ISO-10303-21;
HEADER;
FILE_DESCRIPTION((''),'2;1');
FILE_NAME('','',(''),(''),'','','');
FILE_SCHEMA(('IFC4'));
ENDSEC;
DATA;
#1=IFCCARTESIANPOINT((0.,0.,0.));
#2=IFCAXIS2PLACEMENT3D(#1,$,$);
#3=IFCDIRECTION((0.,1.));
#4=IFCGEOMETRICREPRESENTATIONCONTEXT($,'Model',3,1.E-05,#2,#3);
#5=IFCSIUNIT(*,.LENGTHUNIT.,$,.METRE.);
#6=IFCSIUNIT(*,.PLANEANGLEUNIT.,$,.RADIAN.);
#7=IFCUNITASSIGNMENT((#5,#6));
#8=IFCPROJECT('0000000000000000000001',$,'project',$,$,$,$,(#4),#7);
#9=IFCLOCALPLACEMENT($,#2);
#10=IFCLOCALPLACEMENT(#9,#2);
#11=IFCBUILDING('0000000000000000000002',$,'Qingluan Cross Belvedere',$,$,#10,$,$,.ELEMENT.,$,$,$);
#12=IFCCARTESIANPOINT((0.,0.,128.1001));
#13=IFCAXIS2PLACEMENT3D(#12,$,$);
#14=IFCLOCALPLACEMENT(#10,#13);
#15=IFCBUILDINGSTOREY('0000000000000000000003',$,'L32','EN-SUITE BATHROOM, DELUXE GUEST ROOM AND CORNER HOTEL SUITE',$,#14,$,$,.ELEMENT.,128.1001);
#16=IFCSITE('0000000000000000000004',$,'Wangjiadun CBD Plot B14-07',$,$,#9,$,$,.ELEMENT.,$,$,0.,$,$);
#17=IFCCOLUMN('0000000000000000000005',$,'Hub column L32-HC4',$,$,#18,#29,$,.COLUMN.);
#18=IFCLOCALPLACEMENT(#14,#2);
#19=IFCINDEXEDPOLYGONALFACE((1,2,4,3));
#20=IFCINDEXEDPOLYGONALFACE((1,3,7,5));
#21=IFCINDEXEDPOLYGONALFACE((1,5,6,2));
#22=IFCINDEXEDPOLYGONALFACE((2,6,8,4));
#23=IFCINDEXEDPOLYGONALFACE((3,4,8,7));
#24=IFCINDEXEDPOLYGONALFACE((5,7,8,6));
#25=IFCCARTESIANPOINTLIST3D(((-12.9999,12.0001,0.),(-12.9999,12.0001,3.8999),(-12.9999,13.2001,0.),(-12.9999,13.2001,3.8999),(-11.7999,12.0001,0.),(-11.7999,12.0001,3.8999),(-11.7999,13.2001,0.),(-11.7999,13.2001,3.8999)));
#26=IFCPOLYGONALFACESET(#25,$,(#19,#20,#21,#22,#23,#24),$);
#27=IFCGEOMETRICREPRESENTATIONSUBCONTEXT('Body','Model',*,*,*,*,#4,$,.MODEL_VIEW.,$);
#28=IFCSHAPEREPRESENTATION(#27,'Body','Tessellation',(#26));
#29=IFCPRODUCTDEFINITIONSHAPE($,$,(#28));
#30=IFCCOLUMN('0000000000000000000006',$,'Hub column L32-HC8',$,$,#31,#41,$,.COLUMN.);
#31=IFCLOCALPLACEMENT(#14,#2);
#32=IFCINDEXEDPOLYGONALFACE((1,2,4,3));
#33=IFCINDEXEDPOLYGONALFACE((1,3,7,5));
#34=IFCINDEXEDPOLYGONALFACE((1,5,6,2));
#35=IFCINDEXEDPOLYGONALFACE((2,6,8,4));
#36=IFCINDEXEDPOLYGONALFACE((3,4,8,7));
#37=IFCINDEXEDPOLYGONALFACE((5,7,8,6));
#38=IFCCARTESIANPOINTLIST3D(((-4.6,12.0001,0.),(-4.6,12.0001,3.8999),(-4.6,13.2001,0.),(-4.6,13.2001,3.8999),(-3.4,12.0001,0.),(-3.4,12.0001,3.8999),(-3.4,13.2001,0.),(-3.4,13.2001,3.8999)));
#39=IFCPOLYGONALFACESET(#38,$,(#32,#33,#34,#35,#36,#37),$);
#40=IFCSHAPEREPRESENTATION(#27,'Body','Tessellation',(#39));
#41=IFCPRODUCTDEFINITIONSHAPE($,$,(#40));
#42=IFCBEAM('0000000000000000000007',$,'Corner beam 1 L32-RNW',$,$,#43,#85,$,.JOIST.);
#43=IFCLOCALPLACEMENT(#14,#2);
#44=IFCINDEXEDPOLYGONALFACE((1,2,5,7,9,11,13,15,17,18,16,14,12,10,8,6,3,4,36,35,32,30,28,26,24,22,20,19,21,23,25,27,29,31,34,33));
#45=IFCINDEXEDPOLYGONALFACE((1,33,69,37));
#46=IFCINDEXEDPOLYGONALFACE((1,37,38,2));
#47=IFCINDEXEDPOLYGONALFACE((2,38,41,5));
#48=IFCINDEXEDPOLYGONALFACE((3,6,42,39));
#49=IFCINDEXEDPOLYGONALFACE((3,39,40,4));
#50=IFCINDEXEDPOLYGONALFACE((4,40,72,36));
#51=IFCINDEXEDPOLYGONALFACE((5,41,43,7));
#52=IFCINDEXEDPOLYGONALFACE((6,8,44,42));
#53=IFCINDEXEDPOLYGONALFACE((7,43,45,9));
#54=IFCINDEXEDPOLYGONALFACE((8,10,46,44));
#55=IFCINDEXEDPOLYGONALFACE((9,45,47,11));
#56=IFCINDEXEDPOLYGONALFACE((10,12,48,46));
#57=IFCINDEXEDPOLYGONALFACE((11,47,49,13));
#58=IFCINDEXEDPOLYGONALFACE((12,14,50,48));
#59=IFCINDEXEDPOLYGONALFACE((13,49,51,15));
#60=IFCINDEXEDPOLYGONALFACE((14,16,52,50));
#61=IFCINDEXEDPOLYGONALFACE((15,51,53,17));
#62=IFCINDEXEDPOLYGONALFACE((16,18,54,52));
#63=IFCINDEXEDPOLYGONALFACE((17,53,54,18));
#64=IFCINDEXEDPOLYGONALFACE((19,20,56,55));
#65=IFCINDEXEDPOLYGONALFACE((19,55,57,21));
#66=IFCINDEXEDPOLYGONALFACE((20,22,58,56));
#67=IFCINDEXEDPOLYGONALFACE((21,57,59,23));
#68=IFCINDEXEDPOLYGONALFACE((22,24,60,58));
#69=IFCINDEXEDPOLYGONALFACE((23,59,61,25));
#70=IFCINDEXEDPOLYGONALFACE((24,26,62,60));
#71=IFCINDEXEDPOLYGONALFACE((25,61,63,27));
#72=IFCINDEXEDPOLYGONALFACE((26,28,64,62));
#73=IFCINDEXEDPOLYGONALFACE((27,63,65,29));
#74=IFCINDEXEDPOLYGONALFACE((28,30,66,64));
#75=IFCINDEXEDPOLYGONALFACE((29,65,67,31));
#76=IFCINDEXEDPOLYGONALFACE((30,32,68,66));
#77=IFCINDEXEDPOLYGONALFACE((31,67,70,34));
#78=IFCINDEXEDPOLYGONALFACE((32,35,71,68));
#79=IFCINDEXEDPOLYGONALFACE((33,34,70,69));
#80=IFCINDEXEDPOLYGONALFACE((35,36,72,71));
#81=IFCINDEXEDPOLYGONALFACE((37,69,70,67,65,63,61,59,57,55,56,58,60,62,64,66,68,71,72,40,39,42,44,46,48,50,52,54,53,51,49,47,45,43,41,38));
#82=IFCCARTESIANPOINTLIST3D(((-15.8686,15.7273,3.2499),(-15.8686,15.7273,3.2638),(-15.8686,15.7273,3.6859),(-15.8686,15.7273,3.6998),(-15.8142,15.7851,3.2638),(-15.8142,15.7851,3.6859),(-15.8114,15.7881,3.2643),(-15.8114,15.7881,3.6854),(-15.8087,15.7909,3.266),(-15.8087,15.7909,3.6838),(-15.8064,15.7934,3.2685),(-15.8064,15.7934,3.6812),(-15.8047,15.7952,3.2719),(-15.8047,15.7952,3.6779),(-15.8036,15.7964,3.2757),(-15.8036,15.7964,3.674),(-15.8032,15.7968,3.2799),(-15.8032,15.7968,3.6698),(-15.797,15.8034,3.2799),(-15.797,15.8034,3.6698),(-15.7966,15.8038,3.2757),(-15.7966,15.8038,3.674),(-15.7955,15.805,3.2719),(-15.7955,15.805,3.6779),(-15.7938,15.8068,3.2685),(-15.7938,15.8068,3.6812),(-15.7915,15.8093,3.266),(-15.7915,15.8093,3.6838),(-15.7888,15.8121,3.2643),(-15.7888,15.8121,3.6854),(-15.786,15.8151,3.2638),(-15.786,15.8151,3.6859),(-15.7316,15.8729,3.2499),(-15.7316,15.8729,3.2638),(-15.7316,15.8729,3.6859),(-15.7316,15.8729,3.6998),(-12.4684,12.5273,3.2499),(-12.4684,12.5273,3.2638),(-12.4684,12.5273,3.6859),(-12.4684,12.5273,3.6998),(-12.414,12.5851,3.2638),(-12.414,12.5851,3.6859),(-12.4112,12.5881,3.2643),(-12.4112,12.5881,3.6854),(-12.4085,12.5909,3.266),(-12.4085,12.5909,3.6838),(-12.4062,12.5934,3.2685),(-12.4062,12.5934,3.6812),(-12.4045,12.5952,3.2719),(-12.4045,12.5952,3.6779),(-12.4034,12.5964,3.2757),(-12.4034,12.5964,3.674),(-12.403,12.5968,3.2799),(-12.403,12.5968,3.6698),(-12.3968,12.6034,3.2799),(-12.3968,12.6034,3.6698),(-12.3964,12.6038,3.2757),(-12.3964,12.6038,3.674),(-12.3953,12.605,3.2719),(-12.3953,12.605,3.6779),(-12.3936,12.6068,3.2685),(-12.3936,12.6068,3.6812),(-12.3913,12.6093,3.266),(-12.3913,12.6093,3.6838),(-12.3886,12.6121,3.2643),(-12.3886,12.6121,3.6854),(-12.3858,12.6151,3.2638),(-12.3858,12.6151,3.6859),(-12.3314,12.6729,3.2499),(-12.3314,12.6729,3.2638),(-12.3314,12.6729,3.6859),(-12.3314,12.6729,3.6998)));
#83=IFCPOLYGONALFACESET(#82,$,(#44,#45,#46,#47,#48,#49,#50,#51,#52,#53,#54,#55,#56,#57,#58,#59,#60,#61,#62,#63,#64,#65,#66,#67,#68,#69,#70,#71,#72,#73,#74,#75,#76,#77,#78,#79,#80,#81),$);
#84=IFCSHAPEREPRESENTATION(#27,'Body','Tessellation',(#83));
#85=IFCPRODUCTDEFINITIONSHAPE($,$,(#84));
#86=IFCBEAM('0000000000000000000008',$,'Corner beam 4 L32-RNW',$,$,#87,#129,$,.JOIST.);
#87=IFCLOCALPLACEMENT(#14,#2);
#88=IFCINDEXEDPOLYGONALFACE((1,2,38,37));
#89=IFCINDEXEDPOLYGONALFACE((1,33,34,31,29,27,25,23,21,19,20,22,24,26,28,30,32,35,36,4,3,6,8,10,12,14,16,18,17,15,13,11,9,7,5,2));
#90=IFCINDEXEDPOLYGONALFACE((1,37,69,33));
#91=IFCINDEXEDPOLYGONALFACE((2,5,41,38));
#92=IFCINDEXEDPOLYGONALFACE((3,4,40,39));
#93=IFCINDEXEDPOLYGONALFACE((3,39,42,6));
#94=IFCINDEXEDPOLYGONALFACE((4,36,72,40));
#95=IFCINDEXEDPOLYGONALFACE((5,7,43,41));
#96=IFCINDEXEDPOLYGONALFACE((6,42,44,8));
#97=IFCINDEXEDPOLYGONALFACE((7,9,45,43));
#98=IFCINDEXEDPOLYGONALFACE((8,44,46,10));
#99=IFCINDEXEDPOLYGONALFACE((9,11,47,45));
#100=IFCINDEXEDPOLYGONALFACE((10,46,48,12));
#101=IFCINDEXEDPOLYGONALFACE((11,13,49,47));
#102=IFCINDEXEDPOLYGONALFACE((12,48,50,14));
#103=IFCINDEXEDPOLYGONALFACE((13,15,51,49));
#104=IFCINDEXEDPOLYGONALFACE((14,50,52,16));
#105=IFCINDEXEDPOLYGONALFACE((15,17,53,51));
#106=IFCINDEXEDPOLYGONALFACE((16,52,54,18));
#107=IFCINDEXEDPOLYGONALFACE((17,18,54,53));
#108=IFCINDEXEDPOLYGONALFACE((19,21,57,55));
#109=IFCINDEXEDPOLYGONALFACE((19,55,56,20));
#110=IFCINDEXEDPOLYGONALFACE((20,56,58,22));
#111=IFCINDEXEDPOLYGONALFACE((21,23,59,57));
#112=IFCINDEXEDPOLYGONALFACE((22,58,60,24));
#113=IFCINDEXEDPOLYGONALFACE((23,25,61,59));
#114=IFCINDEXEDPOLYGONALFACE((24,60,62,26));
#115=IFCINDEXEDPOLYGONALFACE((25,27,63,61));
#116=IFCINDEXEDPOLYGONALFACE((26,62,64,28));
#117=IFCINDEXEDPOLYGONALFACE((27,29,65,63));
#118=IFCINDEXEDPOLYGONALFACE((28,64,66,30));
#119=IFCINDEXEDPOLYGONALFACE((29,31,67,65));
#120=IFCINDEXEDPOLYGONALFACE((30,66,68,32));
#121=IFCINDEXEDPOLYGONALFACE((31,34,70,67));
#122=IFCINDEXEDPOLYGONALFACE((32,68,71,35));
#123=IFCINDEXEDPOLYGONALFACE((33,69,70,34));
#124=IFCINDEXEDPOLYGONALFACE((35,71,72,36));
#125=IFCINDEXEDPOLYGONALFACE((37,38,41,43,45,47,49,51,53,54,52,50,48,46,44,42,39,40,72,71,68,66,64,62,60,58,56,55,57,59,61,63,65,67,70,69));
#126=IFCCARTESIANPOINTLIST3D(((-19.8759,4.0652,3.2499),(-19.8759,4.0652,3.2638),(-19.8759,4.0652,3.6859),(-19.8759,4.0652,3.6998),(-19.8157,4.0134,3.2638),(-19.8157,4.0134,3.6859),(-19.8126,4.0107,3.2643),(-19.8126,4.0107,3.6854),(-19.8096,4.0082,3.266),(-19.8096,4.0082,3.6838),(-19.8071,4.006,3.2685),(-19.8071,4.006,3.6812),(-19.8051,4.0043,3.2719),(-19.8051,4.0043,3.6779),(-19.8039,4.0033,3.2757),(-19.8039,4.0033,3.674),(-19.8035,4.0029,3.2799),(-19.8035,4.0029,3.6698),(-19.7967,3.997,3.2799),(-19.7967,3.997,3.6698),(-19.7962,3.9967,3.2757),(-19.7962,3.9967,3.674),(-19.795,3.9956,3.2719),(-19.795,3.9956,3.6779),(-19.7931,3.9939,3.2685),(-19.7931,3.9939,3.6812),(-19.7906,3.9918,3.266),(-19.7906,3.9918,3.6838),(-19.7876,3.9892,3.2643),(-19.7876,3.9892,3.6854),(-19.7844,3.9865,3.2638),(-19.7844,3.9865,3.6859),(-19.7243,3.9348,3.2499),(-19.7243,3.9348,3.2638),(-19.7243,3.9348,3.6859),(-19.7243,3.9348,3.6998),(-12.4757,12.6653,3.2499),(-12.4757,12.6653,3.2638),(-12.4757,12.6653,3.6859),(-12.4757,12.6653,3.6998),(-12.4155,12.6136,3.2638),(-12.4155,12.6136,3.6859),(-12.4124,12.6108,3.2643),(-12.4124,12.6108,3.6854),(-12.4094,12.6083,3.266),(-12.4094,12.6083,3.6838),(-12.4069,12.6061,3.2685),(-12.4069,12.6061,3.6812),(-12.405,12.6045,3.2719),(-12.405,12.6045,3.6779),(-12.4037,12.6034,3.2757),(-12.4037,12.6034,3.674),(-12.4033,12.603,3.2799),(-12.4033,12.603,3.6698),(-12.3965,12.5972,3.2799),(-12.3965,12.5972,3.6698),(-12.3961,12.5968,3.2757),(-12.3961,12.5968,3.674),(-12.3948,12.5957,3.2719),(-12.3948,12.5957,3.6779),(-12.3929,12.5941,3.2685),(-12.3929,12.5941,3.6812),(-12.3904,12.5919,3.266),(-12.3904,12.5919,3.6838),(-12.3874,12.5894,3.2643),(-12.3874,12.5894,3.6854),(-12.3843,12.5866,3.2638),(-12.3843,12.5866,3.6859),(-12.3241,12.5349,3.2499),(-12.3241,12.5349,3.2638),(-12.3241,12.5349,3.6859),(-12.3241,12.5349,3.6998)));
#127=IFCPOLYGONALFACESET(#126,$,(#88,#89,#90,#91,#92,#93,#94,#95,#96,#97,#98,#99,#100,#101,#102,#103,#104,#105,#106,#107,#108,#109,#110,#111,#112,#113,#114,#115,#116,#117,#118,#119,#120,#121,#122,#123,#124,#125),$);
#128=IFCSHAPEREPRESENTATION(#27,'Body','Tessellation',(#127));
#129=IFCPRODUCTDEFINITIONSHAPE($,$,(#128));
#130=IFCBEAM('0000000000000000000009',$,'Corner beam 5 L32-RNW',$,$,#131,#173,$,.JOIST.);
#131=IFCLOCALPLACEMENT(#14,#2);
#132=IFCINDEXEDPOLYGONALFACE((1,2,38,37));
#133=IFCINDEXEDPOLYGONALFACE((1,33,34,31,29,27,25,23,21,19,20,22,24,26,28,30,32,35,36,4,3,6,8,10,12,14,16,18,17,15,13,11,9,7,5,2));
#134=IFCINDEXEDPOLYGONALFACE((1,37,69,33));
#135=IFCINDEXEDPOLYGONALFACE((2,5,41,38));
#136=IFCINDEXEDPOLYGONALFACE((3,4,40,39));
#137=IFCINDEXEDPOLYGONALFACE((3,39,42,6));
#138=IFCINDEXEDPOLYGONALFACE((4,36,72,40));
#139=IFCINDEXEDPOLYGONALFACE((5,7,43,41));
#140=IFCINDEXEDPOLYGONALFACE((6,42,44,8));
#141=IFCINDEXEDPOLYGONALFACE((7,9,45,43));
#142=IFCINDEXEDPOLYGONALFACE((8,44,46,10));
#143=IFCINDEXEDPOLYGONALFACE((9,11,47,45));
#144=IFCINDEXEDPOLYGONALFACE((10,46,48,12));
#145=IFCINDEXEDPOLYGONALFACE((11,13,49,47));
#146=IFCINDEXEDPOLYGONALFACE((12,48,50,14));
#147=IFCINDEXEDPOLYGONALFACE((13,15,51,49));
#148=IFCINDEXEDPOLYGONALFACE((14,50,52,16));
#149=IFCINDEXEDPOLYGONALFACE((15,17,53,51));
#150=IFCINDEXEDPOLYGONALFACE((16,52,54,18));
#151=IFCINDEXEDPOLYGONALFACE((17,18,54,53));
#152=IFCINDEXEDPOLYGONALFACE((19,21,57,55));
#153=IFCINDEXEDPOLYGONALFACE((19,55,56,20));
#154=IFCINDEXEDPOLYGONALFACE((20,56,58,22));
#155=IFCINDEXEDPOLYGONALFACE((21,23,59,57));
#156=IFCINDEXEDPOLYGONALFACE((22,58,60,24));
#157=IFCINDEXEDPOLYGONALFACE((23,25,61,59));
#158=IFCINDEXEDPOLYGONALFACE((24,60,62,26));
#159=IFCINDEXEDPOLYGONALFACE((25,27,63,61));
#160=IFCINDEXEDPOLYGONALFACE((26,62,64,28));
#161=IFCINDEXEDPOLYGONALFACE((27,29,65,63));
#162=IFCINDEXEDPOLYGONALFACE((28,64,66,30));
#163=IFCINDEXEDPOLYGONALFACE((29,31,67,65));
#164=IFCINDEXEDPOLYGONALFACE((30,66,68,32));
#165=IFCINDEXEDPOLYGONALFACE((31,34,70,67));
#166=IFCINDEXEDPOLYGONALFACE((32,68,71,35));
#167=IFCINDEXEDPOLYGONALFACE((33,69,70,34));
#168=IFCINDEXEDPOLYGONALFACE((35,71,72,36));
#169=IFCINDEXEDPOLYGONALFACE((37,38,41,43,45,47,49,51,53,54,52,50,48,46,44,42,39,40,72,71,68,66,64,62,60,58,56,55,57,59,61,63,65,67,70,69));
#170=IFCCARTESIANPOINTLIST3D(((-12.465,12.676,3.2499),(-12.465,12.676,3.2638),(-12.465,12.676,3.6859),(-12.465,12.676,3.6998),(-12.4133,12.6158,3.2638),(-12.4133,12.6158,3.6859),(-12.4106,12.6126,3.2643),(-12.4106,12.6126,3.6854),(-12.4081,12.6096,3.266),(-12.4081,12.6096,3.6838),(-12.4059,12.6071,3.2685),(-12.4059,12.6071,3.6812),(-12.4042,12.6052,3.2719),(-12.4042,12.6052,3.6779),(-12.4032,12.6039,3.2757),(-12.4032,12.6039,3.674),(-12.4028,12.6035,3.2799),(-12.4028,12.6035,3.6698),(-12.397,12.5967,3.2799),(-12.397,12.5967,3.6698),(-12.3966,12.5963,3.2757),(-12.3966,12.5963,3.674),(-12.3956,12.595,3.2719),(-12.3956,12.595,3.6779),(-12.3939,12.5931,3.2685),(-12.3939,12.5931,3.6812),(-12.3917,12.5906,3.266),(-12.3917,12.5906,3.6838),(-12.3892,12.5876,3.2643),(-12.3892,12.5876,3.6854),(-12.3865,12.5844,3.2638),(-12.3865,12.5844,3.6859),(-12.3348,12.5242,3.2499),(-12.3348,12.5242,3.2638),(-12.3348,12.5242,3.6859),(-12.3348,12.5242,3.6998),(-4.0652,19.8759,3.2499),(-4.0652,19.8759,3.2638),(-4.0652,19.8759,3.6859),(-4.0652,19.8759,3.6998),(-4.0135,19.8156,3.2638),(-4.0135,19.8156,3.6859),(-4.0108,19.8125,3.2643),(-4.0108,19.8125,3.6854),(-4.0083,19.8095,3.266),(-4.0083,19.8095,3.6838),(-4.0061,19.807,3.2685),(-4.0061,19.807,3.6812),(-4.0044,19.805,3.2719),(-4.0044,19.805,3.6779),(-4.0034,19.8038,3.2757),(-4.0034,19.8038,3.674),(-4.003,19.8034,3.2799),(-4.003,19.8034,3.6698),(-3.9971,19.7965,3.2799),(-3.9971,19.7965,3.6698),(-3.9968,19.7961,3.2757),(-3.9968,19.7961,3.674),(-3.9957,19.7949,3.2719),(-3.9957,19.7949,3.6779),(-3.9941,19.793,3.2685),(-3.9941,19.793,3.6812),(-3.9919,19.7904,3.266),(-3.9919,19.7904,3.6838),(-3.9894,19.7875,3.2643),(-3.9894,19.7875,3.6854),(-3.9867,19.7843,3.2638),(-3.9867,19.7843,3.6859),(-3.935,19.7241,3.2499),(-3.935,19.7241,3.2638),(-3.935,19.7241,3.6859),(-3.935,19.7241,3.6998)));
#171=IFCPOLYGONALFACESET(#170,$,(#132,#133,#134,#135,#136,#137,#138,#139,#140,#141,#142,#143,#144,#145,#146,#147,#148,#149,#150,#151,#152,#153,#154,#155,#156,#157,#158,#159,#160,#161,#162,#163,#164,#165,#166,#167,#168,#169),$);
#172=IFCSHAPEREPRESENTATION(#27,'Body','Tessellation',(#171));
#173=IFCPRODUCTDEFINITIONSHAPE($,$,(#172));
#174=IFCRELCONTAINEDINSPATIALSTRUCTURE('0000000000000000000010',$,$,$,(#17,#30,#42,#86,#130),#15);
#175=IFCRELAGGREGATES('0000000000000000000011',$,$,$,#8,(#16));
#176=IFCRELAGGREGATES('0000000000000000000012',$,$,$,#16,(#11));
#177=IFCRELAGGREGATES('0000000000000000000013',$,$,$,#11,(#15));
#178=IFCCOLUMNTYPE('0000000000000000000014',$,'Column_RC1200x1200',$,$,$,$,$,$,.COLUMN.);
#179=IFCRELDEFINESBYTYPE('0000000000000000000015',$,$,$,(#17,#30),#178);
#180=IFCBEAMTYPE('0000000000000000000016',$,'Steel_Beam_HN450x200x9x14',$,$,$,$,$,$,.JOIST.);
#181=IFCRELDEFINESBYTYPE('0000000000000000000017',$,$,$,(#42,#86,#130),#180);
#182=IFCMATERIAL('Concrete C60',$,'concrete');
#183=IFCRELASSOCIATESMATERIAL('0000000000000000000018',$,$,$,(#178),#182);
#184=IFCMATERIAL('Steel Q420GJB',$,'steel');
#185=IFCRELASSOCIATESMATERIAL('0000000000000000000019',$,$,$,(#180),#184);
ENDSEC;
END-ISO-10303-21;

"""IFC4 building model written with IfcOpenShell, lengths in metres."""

from ifc_helpers import new_model, si_unit, direction, frame, origin, origin_2d, place, context, subcontext, project, spatial, rectangle, i_section, extrude, material, material_profile, profile_set, type_object, element, save


model = new_model("IFC4")

# Units and contexts
model_context = context("Model", 3, precision=1e-05, world=origin(), true_north=direction((0.0, 1.0)))
body_context = subcontext(model_context, "Body", "Model", "MODEL_VIEW")
ifc_project = project(units=[si_unit("LENGTHUNIT", "METRE"), si_unit("PLANEANGLEUNIT", "RADIAN")], contexts=[model_context])

# Site, building, storey
site_placement = place(None, origin())
site = spatial("IfcSite", under=ifc_project, at=site_placement, Name="Wangjiadun CBD Plot B14-07", CompositionType="ELEMENT", RefElevation=0.0)
building_placement = place(site_placement, origin())
building = spatial("IfcBuilding", under=site, at=building_placement, Name="Qingluan Cross Belvedere", CompositionType="ELEMENT")
storey_placement = place(building_placement, frame((0.0, 0.0, 128.1001)))
storey = spatial("IfcBuildingStorey", under=building, at=storey_placement, Name="L32", Description="EN-SUITE BATHROOM, DELUXE GUEST ROOM AND CORNER HOTEL SUITE", CompositionType="ELEMENT", Elevation=128.1001)

# Columns
ifc_material_1 = material(Name="Concrete C60", Category="concrete")
ifc_material_profile_1 = material_profile(ifc_material_1, rectangle(XDim=1.2, YDim=1.2, at=origin_2d()), Name="RC1200x1200")
ifc_profile_set_1 = profile_set([ifc_material_profile_1], Name="Concrete C60")
column_type = type_object("IfcColumnType", Name="Column_RC1200x1200", PredefinedType="COLUMN", material=ifc_profile_set_1)
for number, where, z_axis, x_axis, name in (
    (1, (-12.3999, 12.6001, 0.0), (0.0, 0.0, 1.0), (1.0, 0.0, 0.0), "Hub column L32-HC4"),
    (2, (-4.0, 12.6001, 0.0), (0.0, 0.0, 1.0), (1.0, 0.0, 0.0), "Hub column L32-HC8"),
):
    element("IfcColumn", number, at=place(storey_placement, frame(where, z_axis=z_axis, x_axis=x_axis)), inside=storey, type_object=column_type, Name=name, PredefinedType="COLUMN", context=body_context, shape_type="SweptSolid", body=[
        extrude(rectangle(XDim=1.2, YDim=1.2, at=origin_2d()), origin(), (0.0, 0.0, 1.0), 3.8999),
    ])

# Beams
ifc_material_2 = material(Name="Steel Q420GJB", Category="steel")
ifc_material_profile_2 = material_profile(ifc_material_2, i_section(OverallWidth=0.2, OverallDepth=0.45, WebThickness=0.009, FlangeThickness=0.0139, FilletRadius=0.0161, at=origin_2d()), Name="HN450x200x9x14")
ifc_profile_set_2 = profile_set([ifc_material_profile_2], Name="Steel Q420GJB")
beam_type_1 = type_object("IfcBeamType", Name="Steel_Beam_HN450x200x9x14", PredefinedType="JOIST", material=ifc_profile_set_2)
beam_1_placement = place(storey_placement, frame((-12.3999, 12.6001, 3.4749), z_axis=(-0.72822, 0.685343, 0.0), x_axis=(-0.685343, -0.72822, 0.0)))
element("IfcBeam", 3, at=beam_1_placement, inside=storey, type_object=beam_type_1, Name="Corner beam 1 L32-RNW", PredefinedType="JOIST", context=body_context, shape_type="SweptSolid", body=[
    extrude(i_section(OverallWidth=0.2, OverallDepth=0.45, WebThickness=0.009, FlangeThickness=0.0139, FilletRadius=0.0161, at=origin_2d()), origin(), (0.0, 0.0, 1.0), 4.6692),
])
beam_2_placement = place(storey_placement, frame((-12.3999, 12.6001, 3.4749), z_axis=(-0.652245, -0.758008, 0.0), x_axis=(0.758008, -0.652245, 0.0)))
element("IfcBeam", 4, at=beam_2_placement, inside=storey, type_object=beam_type_1, Name="Corner beam 4 L32-RNW", PredefinedType="JOIST", context=body_context, shape_type="SweptSolid", body=[
    extrude(i_section(OverallWidth=0.2, OverallDepth=0.45, WebThickness=0.009, FlangeThickness=0.0139, FilletRadius=0.0161, at=origin_2d()), origin(), (0.0, 0.0, 1.0), 11.3457),
])
beam_3_placement = place(storey_placement, frame((-12.3999, 12.6001, 3.4749), z_axis=(0.759255, 0.650793, 0.0), x_axis=(-0.650793, 0.759255, 0.0)))
element("IfcBeam", 5, at=beam_3_placement, inside=storey, type_object=beam_type_1, Name="Corner beam 5 L32-RNW", PredefinedType="JOIST", context=body_context, shape_type="SweptSolid", body=[
    extrude(i_section(OverallWidth=0.2, OverallDepth=0.45, WebThickness=0.009, FlangeThickness=0.0139, FilletRadius=0.0161, at=origin_2d()), origin(), (0.0, 0.0, 1.0), 11.0632),
])

save(model, "model.ifc")
